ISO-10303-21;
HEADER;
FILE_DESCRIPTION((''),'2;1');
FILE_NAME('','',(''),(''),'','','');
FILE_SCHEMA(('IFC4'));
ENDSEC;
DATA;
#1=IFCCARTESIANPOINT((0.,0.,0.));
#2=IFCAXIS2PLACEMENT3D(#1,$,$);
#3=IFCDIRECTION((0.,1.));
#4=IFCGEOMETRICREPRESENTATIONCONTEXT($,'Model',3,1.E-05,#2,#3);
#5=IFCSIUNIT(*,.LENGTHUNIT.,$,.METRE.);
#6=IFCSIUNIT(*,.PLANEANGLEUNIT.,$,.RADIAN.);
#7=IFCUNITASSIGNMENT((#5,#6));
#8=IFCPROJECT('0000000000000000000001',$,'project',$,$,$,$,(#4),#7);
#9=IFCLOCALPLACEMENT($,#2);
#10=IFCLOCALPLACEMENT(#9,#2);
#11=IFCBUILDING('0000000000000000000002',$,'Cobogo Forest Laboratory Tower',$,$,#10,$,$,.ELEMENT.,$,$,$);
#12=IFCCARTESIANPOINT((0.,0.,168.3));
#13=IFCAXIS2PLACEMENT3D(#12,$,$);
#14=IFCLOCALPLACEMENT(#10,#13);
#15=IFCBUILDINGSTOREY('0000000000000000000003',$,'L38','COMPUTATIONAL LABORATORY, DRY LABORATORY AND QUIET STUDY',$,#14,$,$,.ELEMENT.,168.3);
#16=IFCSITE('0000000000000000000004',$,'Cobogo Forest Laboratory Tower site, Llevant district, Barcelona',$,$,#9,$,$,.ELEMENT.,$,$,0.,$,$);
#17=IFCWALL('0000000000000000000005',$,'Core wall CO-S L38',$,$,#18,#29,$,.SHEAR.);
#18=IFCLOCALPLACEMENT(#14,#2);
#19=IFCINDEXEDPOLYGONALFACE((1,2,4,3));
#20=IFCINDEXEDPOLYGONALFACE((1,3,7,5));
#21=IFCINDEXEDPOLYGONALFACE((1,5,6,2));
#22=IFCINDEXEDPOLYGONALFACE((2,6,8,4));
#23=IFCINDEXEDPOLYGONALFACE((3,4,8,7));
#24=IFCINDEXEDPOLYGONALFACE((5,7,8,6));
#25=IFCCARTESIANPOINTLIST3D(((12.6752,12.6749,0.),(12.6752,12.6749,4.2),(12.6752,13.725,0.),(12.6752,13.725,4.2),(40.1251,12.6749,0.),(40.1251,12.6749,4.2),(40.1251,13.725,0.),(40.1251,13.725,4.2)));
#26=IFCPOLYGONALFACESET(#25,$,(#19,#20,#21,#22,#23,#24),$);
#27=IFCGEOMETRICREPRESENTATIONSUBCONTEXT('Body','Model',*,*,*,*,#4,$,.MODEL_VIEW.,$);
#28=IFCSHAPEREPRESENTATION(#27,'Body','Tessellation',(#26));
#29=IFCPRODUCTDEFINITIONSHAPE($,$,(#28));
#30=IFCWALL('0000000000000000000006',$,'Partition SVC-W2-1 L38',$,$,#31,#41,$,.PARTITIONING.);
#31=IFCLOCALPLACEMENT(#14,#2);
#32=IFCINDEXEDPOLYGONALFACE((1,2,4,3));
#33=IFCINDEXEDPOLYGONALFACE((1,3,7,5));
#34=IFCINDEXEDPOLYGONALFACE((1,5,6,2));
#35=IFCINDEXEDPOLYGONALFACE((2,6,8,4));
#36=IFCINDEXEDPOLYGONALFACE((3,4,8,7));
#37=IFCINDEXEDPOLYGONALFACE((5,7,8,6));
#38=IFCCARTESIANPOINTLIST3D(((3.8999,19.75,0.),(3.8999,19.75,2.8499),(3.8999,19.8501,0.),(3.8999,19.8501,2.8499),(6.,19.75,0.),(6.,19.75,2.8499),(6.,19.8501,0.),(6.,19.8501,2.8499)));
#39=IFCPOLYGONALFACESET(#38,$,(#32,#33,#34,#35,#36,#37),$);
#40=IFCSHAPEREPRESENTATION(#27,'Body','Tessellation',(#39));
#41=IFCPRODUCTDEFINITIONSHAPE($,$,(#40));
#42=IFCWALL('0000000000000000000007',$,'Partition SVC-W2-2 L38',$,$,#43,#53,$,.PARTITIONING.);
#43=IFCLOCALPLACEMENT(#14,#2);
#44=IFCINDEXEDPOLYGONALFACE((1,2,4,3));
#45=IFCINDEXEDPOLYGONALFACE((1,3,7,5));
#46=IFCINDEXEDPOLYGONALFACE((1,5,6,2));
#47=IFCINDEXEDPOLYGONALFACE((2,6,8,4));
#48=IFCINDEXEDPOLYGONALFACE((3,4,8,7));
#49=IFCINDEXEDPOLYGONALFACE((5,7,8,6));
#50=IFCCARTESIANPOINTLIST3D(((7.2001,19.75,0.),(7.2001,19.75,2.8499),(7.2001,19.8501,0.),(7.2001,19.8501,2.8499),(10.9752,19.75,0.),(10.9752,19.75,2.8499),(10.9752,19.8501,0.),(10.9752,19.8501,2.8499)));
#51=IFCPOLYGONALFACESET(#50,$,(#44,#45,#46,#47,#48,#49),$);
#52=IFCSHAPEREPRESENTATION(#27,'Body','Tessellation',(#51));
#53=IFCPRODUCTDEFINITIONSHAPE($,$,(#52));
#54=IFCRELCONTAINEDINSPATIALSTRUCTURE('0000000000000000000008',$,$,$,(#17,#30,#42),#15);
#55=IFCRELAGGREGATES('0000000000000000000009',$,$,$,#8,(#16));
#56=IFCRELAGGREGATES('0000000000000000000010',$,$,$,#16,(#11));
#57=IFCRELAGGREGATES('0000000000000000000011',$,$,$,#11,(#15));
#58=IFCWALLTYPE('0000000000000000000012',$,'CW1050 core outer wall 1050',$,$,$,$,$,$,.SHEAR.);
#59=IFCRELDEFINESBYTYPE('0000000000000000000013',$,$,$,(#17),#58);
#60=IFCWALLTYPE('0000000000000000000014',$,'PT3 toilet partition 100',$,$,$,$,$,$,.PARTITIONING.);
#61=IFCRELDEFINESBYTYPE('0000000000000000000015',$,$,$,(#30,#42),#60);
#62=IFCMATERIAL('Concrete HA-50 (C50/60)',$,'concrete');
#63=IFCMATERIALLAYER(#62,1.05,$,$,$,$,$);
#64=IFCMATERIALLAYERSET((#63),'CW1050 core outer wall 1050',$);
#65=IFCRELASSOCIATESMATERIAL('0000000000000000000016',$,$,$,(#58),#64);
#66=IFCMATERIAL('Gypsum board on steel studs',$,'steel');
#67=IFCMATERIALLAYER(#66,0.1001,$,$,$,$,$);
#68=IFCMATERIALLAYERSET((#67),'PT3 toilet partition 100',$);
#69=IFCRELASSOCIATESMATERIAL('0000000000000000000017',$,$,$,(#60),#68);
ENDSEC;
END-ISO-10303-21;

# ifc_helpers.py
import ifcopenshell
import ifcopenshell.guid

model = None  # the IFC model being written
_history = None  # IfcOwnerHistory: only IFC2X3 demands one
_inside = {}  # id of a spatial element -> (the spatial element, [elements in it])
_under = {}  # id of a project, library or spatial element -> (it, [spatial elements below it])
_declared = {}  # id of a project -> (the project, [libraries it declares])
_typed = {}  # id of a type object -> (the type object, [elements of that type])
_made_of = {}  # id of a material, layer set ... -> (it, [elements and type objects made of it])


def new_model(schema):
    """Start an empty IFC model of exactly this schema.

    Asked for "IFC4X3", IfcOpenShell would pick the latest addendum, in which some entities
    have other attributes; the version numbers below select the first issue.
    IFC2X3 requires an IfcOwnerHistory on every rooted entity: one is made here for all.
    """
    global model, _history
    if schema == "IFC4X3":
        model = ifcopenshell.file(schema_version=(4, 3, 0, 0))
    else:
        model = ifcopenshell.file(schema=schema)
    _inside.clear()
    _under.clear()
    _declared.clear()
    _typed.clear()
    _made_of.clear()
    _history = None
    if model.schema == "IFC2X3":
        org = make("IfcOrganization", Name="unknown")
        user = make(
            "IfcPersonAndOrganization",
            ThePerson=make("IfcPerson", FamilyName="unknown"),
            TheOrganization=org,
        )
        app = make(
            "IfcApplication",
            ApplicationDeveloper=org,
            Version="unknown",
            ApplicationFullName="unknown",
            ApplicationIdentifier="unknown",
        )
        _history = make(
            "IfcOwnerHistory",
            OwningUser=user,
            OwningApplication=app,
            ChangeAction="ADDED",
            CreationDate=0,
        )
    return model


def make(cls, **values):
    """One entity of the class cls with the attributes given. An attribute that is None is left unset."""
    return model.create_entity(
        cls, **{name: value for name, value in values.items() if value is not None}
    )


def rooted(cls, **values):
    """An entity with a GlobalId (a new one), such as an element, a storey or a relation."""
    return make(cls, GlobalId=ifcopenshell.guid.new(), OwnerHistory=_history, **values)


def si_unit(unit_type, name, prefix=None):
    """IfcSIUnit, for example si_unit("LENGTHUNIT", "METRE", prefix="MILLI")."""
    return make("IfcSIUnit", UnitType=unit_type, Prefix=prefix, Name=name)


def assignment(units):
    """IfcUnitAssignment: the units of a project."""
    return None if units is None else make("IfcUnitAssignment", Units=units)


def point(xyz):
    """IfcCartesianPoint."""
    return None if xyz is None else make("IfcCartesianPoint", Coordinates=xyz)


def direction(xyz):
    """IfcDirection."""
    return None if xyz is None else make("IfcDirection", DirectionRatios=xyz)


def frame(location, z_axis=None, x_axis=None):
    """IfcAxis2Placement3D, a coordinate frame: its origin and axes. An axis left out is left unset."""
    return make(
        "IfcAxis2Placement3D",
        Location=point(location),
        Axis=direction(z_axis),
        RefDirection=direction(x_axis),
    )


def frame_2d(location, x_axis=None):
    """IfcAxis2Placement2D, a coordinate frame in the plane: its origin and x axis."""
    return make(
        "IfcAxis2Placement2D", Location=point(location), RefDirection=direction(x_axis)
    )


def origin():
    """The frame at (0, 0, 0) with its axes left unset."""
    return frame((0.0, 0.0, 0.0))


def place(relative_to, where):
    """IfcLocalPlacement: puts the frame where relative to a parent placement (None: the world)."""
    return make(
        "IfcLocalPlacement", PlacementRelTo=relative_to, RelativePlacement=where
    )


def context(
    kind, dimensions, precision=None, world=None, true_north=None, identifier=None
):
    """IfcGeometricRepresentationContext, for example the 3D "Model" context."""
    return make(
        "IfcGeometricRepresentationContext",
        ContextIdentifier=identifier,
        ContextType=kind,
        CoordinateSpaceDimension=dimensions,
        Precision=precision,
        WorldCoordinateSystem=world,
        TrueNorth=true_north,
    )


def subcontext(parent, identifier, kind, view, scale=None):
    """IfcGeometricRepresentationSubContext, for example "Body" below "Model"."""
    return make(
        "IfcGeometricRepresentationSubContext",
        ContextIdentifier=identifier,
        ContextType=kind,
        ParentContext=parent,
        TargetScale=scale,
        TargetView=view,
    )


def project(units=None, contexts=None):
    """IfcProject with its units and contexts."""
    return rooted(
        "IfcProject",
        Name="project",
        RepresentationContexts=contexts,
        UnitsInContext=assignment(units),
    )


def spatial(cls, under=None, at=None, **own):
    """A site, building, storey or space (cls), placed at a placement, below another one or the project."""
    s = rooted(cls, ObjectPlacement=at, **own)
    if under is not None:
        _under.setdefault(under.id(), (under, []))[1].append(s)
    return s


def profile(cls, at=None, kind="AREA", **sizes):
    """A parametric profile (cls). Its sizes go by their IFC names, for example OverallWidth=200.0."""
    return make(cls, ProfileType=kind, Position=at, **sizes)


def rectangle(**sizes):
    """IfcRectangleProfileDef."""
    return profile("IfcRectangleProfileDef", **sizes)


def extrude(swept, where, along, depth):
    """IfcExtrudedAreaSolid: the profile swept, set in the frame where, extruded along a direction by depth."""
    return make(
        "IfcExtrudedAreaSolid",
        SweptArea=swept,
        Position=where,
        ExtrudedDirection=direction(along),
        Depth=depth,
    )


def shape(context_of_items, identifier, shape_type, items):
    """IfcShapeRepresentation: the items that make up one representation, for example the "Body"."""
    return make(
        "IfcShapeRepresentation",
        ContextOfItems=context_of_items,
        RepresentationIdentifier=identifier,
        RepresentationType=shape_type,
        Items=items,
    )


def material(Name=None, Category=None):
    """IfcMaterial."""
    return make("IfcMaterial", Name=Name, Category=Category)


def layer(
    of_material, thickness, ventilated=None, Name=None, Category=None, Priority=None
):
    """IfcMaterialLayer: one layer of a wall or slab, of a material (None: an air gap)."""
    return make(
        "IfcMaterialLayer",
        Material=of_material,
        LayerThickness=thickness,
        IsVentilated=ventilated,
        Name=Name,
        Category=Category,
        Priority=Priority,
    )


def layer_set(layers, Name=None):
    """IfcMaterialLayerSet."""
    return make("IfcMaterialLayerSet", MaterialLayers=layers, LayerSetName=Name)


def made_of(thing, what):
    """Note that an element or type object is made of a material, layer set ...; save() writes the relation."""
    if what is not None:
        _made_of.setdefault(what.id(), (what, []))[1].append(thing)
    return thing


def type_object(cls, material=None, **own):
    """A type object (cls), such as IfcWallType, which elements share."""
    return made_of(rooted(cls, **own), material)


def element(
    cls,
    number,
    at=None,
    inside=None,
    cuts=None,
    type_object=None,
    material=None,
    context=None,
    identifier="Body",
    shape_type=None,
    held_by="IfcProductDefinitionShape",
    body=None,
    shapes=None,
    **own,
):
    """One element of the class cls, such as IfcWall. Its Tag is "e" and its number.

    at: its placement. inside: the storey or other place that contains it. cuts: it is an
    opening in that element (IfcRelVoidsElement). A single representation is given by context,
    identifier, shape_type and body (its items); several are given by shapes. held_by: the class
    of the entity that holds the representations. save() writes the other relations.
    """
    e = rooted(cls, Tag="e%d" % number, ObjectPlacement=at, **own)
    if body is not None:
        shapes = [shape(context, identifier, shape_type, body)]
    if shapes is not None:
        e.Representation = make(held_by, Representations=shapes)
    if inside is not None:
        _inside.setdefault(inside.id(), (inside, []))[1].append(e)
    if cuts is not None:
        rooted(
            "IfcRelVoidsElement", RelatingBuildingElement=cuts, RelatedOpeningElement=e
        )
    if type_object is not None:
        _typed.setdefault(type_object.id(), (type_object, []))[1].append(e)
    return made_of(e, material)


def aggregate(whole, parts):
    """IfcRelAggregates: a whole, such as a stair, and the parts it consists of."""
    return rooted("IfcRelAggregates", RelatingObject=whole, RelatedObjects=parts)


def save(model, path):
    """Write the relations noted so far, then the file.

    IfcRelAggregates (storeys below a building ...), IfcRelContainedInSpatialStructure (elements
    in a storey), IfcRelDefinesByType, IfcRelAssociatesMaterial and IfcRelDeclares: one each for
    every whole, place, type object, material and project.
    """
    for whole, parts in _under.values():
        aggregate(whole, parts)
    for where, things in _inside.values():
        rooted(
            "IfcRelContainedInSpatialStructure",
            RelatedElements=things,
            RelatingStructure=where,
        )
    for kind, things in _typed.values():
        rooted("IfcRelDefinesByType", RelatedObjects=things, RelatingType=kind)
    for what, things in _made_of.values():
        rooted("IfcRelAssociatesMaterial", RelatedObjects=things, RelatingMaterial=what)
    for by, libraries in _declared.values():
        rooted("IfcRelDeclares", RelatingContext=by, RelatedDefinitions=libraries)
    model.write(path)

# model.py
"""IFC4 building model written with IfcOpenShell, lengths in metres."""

from ifc_helpers import new_model, si_unit, direction, frame, frame_2d, origin, place, context, subcontext, project, spatial, rectangle, extrude, material, layer, layer_set, type_object, element, save


model = new_model("IFC4")

# Units and contexts
model_context = context("Model", 3, precision=1e-05, world=origin(), true_north=direction((0.0, 1.0)))
body_context = subcontext(model_context, "Body", "Model", "MODEL_VIEW")
ifc_project = project(units=[si_unit("LENGTHUNIT", "METRE"), si_unit("PLANEANGLEUNIT", "RADIAN")], contexts=[model_context])

# Site, building, storey
site_placement = place(None, origin())
site = spatial("IfcSite", under=ifc_project, at=site_placement, Name="Cobogo Forest Laboratory Tower site, Llevant district, Barcelona", CompositionType="ELEMENT", RefElevation=0.0)
building_placement = place(site_placement, origin())
building = spatial("IfcBuilding", under=site, at=building_placement, Name="Cobogo Forest Laboratory Tower", CompositionType="ELEMENT")
storey_placement = place(building_placement, frame((0.0, 0.0, 168.3)))
storey = spatial("IfcBuildingStorey", under=building, at=storey_placement, Name="L38", Description="COMPUTATIONAL LABORATORY, DRY LABORATORY AND QUIET STUDY", CompositionType="ELEMENT", Elevation=168.3)

# Shared definitions
ifc_material_1 = material(Name="Concrete HA-50 (C50/60)", Category="concrete")

# Walls
ifc_layer_1 = layer(ifc_material_1, 1.05)
ifc_layer_set_1 = layer_set([ifc_layer_1], Name="CW1050 core outer wall 1050")
wall_type_1 = type_object("IfcWallType", Name="CW1050 core outer wall 1050", PredefinedType="SHEAR", material=ifc_layer_set_1)
wall_1_placement = place(storey_placement, frame((12.675, 13.2, 0.0), z_axis=(0.0, 0.0, 1.0), x_axis=(1.0, 0.0, 0.0)))
element("IfcWall", 1, at=wall_1_placement, inside=storey, type_object=wall_type_1, Name="Core wall CO-S L38", PredefinedType="SHEAR", context=body_context, shape_type="SweptSolid", body=[
    extrude(rectangle(XDim=27.45, YDim=1.05, at=frame_2d((13.7251, 0.0))), origin(), (0.0, 0.0, 1.0), 4.2),
])
ifc_material_2 = material(Name="Gypsum board on steel studs", Category="steel")
ifc_layer_2 = layer(ifc_material_2, 0.1001)
ifc_layer_set_2 = layer_set([ifc_layer_2], Name="PT3 toilet partition 100")
wall_type_2 = type_object("IfcWallType", Name="PT3 toilet partition 100", PredefinedType="PARTITIONING", material=ifc_layer_set_2)
wall_2_placement = place(storey_placement, frame((3.8999, 19.8, 0.0), z_axis=(0.0, 0.0, 1.0), x_axis=(1.0, 0.0, 0.0)))
element("IfcWall", 2, at=wall_2_placement, inside=storey, type_object=wall_type_2, Name="Partition SVC-W2-1 L38", PredefinedType="PARTITIONING", context=body_context, shape_type="SweptSolid", body=[
    extrude(rectangle(XDim=2.1001, YDim=0.1001, at=frame_2d((1.05, 0.0))), origin(), (0.0, 0.0, 1.0), 2.8499),
])
wall_3_placement = place(storey_placement, frame((7.2, 19.8, 0.0), z_axis=(0.0, 0.0, 1.0), x_axis=(1.0, 0.0, 0.0)))
element("IfcWall", 3, at=wall_3_placement, inside=storey, type_object=wall_type_2, Name="Partition SVC-W2-2 L38", PredefinedType="PARTITIONING", context=body_context, shape_type="SweptSolid", body=[
    extrude(rectangle(XDim=3.7751, YDim=0.1001, at=frame_2d((1.8877, 0.0))), origin(), (0.0, 0.0, 1.0), 2.8499),
])

save(model, "model.ifc")
